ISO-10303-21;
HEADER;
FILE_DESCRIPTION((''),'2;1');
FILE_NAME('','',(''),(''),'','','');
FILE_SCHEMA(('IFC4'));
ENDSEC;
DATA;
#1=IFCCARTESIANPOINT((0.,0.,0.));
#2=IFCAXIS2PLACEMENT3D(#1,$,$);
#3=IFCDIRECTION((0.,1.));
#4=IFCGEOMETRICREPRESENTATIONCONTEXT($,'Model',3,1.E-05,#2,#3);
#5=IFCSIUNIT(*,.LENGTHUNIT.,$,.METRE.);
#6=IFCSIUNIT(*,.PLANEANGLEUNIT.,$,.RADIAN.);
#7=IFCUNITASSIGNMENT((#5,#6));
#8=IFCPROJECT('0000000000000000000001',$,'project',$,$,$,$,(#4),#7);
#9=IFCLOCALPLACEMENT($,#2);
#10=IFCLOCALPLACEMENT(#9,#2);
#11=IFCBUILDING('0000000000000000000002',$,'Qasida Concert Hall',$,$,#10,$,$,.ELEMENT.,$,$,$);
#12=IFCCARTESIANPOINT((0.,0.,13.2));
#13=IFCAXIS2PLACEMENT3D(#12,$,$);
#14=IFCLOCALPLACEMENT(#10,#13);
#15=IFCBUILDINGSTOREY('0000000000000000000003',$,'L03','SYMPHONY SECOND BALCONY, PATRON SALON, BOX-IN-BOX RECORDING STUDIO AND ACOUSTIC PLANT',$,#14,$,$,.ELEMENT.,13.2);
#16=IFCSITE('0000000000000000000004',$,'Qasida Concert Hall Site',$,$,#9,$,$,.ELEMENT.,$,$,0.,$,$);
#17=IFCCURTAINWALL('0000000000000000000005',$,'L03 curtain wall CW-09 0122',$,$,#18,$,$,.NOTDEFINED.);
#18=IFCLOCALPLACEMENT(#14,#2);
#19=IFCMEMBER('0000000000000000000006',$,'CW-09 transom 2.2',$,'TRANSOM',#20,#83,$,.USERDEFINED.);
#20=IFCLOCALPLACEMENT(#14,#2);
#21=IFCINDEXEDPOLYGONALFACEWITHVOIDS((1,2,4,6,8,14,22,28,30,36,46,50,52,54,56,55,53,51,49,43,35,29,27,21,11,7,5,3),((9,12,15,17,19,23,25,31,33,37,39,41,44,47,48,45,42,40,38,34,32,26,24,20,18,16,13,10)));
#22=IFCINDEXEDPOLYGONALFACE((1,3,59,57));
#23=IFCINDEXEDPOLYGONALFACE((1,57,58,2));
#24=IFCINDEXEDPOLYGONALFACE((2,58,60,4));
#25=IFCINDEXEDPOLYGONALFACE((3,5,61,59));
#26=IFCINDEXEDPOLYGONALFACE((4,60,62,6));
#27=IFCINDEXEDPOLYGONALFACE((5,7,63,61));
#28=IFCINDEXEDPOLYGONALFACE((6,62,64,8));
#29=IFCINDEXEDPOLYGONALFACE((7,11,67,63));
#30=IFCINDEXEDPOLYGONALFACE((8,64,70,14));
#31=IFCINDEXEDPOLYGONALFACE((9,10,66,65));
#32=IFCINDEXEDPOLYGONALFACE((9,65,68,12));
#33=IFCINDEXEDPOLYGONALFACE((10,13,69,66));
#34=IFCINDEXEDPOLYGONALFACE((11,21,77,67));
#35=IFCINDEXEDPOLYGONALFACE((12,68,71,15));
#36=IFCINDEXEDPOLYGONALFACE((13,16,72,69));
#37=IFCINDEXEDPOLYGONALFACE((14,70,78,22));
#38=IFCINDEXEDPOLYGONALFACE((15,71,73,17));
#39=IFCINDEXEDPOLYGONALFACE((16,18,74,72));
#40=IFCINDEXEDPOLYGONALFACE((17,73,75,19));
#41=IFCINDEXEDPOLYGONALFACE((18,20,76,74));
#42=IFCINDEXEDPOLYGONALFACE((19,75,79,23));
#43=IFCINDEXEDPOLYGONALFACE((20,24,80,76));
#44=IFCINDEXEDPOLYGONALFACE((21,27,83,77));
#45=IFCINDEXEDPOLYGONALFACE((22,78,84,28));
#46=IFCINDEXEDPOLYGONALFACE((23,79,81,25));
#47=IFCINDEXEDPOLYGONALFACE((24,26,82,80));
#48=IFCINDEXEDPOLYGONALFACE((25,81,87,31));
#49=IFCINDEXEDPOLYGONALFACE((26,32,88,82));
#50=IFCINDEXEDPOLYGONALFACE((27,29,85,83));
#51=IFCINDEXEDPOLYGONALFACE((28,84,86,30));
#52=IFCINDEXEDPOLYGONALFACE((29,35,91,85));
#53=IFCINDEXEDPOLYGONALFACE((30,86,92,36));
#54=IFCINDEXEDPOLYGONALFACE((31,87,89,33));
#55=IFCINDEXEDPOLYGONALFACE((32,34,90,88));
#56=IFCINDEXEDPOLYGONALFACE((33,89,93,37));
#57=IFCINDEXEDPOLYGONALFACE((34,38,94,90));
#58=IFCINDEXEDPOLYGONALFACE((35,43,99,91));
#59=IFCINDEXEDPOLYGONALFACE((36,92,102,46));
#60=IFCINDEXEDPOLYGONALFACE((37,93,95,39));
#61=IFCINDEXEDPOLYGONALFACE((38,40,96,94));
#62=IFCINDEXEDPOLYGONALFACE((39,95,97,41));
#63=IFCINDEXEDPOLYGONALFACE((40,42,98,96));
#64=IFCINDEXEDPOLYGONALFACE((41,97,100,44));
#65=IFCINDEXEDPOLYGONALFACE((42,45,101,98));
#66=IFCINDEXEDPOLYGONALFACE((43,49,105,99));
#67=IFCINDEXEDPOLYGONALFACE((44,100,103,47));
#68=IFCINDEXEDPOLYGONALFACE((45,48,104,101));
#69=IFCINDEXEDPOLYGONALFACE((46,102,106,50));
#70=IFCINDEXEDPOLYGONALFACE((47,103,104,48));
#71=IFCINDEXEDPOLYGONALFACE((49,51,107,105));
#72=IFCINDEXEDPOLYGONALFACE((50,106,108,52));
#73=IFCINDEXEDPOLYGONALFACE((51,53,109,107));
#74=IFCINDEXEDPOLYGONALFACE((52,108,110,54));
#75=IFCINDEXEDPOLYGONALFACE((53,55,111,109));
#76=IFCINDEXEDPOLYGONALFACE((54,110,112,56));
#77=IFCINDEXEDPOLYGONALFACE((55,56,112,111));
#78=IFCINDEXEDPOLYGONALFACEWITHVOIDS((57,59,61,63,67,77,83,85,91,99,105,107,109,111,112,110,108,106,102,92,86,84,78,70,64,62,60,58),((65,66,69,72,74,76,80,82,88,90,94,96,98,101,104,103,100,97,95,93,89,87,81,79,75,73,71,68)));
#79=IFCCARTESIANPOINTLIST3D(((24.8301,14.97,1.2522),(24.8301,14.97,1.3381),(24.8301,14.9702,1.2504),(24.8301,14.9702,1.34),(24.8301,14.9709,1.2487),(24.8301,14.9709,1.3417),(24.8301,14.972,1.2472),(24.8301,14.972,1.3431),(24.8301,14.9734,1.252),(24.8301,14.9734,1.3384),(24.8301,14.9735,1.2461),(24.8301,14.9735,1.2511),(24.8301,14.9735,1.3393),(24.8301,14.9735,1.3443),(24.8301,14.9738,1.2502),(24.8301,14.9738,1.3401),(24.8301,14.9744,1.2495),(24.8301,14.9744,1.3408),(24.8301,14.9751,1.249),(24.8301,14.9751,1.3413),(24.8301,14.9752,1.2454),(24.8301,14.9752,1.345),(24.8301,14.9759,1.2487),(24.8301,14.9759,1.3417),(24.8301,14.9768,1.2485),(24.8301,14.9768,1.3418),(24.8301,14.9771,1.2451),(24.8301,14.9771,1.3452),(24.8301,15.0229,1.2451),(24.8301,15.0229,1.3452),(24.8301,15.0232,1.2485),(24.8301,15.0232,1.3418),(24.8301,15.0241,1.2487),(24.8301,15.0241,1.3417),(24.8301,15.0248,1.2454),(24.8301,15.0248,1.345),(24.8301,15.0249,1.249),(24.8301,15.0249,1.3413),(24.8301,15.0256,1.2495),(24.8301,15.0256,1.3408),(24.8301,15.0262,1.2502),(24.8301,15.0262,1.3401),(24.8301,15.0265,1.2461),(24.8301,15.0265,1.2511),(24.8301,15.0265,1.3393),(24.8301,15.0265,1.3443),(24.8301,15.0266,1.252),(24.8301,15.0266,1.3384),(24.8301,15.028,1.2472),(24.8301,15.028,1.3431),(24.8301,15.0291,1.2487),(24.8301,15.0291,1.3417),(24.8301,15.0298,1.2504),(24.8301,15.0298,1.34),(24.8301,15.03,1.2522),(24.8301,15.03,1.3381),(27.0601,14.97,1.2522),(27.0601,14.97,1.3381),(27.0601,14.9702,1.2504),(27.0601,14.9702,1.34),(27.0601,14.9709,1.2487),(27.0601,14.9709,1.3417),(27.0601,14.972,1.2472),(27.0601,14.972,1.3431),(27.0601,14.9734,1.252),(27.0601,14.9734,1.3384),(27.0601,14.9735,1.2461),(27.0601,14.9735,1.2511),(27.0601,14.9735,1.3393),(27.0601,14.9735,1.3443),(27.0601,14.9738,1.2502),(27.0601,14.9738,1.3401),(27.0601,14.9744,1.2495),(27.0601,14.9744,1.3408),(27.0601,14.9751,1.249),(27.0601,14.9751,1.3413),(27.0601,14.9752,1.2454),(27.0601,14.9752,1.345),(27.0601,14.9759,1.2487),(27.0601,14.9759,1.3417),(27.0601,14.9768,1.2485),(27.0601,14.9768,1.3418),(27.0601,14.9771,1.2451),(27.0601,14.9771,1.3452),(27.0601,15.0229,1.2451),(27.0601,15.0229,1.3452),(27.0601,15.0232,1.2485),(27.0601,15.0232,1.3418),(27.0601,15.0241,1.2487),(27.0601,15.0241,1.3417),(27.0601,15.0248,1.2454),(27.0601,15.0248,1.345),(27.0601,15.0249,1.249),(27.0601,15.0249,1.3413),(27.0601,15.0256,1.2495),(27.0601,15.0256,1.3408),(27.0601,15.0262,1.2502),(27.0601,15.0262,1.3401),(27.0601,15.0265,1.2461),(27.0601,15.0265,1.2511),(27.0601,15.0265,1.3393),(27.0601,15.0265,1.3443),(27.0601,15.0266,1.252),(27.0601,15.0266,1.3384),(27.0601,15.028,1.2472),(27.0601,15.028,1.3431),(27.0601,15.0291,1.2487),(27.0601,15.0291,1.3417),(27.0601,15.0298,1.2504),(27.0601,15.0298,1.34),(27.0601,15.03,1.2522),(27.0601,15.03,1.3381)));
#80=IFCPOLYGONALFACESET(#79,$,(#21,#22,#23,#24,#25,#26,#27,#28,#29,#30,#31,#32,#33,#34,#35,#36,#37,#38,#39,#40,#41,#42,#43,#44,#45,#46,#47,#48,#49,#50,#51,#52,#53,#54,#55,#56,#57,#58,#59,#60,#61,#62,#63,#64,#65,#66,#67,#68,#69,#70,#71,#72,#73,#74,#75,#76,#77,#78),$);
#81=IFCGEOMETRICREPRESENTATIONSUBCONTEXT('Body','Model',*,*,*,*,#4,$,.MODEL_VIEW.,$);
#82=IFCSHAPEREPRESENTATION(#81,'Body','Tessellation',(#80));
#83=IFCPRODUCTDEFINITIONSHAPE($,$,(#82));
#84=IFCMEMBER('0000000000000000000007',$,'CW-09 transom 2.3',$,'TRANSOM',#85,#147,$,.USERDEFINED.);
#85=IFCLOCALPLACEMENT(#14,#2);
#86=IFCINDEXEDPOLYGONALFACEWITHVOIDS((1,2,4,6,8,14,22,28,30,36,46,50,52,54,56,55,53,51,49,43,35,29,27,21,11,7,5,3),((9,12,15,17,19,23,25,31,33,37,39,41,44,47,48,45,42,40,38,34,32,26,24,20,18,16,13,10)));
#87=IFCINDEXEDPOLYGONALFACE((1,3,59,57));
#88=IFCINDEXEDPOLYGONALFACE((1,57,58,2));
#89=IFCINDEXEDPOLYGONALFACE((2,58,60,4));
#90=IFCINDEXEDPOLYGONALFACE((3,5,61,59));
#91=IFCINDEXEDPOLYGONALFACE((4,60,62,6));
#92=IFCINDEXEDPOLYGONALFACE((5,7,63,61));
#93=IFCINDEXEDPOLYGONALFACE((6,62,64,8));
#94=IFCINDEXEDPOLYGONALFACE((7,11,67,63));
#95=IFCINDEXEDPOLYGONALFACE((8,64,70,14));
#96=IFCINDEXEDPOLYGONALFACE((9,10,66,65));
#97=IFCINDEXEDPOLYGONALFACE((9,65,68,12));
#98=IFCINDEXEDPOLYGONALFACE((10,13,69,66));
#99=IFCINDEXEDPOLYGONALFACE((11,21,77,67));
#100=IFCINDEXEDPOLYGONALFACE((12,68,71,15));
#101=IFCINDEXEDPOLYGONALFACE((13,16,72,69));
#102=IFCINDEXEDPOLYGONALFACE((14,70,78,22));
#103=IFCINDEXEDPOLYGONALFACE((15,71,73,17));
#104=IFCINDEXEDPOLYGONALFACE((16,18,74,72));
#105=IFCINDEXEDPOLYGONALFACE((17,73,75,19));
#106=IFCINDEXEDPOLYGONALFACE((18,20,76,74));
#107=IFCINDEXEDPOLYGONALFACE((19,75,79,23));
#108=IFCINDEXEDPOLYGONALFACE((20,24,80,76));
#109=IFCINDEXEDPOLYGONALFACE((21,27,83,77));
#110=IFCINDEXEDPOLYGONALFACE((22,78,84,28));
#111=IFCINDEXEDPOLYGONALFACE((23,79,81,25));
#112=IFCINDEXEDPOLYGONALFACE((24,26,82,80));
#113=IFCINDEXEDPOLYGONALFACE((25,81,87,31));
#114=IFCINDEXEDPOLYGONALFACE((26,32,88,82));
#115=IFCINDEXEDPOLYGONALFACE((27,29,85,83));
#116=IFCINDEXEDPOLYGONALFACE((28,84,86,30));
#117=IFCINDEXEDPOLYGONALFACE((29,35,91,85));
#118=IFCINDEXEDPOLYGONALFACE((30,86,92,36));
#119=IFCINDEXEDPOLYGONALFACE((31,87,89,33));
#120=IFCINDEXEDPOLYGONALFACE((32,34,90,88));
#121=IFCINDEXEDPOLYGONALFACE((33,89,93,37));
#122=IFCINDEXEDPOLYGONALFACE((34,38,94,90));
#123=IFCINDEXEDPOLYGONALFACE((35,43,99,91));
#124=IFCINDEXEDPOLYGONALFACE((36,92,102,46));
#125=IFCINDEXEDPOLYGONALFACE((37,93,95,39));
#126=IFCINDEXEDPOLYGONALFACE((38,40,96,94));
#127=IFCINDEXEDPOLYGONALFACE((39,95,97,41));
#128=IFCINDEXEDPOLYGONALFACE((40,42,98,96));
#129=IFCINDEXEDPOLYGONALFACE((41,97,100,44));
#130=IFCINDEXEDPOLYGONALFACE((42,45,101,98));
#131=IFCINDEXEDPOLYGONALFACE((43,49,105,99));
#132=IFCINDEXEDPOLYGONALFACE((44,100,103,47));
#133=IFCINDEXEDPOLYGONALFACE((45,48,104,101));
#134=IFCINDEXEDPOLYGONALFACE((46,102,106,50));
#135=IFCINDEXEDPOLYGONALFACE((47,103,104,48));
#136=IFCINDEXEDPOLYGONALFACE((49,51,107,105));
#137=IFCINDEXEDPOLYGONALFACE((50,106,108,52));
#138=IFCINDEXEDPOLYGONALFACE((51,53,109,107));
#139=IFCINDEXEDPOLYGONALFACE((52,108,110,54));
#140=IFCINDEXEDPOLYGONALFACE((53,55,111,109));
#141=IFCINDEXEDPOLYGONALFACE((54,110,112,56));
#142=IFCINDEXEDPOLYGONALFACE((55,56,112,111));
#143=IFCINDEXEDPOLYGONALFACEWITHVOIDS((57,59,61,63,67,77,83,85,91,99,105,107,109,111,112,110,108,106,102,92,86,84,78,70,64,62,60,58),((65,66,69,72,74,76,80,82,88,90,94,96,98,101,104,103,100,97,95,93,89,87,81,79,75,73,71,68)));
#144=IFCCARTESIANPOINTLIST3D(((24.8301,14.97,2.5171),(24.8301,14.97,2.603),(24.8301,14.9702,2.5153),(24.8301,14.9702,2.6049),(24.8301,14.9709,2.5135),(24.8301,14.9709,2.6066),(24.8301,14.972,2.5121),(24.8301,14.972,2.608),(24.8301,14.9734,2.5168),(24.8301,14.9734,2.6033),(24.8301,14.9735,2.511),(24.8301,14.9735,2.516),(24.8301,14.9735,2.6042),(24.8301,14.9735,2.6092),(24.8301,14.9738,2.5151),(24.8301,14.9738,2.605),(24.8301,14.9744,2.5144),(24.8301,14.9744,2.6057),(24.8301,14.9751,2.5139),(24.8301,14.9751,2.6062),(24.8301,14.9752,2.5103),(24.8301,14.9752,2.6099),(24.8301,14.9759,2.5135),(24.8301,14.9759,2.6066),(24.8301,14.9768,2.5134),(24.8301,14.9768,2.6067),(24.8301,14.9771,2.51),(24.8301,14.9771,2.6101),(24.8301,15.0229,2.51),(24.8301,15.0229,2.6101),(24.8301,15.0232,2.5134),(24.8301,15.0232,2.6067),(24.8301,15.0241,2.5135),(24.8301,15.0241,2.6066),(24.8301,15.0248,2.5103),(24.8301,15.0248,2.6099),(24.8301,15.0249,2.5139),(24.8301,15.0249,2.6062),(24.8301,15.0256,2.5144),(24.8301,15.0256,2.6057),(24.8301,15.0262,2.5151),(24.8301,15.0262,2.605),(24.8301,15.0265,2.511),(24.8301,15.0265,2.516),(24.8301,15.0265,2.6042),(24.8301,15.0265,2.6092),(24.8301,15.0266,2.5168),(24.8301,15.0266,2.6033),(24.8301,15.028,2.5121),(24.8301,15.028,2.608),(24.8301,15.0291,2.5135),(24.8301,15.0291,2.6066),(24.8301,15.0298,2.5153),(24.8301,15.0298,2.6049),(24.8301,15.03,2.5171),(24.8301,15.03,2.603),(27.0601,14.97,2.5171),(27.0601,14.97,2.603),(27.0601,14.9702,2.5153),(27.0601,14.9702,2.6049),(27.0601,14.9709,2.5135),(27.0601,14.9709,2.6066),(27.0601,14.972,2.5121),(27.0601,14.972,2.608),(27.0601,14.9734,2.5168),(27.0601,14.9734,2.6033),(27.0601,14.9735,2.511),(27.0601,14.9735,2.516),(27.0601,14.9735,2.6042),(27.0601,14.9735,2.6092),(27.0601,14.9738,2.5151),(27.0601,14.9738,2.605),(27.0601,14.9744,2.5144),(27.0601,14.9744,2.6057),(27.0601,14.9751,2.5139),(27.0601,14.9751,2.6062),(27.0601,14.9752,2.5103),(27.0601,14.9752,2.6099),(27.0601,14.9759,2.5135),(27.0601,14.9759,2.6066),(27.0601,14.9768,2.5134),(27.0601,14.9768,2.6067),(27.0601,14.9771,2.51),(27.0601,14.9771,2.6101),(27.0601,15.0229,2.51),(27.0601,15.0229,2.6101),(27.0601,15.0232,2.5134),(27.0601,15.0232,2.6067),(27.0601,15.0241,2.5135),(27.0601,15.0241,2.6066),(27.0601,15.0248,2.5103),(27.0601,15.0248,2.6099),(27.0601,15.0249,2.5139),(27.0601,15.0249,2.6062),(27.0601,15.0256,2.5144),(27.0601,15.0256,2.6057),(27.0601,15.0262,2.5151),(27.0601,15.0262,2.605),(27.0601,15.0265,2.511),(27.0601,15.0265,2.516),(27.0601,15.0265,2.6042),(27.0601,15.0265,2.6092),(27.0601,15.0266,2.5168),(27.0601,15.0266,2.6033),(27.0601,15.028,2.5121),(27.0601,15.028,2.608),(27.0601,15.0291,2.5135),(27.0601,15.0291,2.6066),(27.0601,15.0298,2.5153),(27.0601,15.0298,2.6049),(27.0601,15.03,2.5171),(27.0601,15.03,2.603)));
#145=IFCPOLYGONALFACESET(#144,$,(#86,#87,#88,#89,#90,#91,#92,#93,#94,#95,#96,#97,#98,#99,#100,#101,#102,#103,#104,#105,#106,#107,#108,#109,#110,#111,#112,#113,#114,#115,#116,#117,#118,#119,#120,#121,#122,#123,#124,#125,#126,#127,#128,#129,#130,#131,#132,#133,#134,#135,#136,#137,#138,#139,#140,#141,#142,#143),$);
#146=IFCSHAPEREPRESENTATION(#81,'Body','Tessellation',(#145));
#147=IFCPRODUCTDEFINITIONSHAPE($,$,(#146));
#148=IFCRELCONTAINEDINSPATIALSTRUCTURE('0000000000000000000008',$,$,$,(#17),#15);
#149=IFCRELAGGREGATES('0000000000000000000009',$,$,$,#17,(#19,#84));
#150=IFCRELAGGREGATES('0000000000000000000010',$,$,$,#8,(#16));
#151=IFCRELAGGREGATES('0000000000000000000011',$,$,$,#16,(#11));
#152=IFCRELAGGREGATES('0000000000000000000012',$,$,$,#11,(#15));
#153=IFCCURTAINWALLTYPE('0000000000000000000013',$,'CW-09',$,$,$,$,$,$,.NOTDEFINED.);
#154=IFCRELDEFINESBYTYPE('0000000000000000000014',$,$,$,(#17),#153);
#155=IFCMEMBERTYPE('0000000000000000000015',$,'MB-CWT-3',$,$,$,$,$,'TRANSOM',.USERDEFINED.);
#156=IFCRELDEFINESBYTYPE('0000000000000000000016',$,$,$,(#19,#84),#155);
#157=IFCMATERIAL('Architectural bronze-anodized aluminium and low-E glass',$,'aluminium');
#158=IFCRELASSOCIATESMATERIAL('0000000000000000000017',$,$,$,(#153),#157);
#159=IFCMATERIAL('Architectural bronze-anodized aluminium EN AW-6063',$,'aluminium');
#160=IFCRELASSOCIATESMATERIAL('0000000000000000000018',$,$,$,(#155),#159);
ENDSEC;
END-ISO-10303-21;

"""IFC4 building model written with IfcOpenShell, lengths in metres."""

from ifc_helpers import new_model, si_unit, direction, frame, origin, origin_2d, place, context, subcontext, project, spatial, hollow_rectangle, extrude, material, material_profile, profile_set, type_object, element, aggregate, save


model = new_model("IFC4")

# Units and contexts
model_context = context("Model", 3, precision=1e-05, world=origin(), true_north=direction((0.0, 1.0)))
body_context = subcontext(model_context, "Body", "Model", "MODEL_VIEW")
ifc_project = project(units=[si_unit("LENGTHUNIT", "METRE"), si_unit("PLANEANGLEUNIT", "RADIAN")], contexts=[model_context])

# Site, building, storey
site_placement = place(None, origin())
site = spatial("IfcSite", under=ifc_project, at=site_placement, Name="Qasida Concert Hall Site", CompositionType="ELEMENT", RefElevation=0.0)
building_placement = place(site_placement, origin())
building = spatial("IfcBuilding", under=site, at=building_placement, Name="Qasida Concert Hall", CompositionType="ELEMENT")
storey_placement = place(building_placement, frame((0.0, 0.0, 13.2)))
storey = spatial("IfcBuildingStorey", under=building, at=storey_placement, Name="L03", Description="SYMPHONY SECOND BALCONY, PATRON SALON, BOX-IN-BOX RECORDING STUDIO AND ACOUSTIC PLANT", CompositionType="ELEMENT", Elevation=13.2)

# Curtain wall
ifc_material_1 = material(Name="Architectural bronze-anodized aluminium and low-E glass", Category="aluminium")
curtain_wall_type = type_object("IfcCurtainWallType", Name="CW-09", PredefinedType="NOTDEFINED", material=ifc_material_1)
curtain_wall_1_placement = place(storey_placement, origin())
curtain_wall_1 = element("IfcCurtainWall", 1, at=curtain_wall_1_placement, inside=storey, type_object=curtain_wall_type, Name="L03 curtain wall CW-09 0122", PredefinedType="NOTDEFINED")
ifc_material_2 = material(Name="Architectural bronze-anodized aluminium EN AW-6063", Category="aluminium")

# Members
ifc_material_profile_1 = material_profile(ifc_material_2, hollow_rectangle(XDim=0.0601, YDim=0.1001, WallThickness=0.0034, InnerFilletRadius=0.0034, OuterFilletRadius=0.0071, at=origin_2d()), Name="CWT 100x60x3.5")
ifc_profile_set_1 = profile_set([ifc_material_profile_1], Name="Architectural bronze-anodized aluminium EN AW-6063")
member_type_1 = type_object("IfcMemberType", Name="MB-CWT-3", ElementType="TRANSOM", PredefinedType="USERDEFINED", material=ifc_profile_set_1)
member_1_placement = place(storey_placement, frame((24.8301, 15.0, 1.2952), z_axis=(1.0, 0.0, 0.0), x_axis=(0.0, 1.0, 0.0)))
member_1 = element("IfcMember", 2, at=member_1_placement, type_object=member_type_1, Name="CW-09 transom 2.2", ObjectType="TRANSOM", PredefinedType="USERDEFINED", context=body_context, shape_type="SweptSolid", body=[
    extrude(hollow_rectangle(XDim=0.0601, YDim=0.1001, WallThickness=0.0034, InnerFilletRadius=0.0034, OuterFilletRadius=0.0071, at=origin_2d()), origin(), (0.0, 0.0, 1.0), 2.23),
])
member_2_placement = place(storey_placement, frame((24.8301, 15.0, 2.5601), z_axis=(1.0, 0.0, 0.0), x_axis=(0.0, 1.0, 0.0)))
member_2 = element("IfcMember", 3, at=member_2_placement, type_object=member_type_1, Name="CW-09 transom 2.3", ObjectType="TRANSOM", PredefinedType="USERDEFINED", context=body_context, shape_type="SweptSolid", body=[
    extrude(hollow_rectangle(XDim=0.0601, YDim=0.1001, WallThickness=0.0034, InnerFilletRadius=0.0034, OuterFilletRadius=0.0071, at=origin_2d()), origin(), (0.0, 0.0, 1.0), 2.23),
])

aggregate(curtain_wall_1, [member_1, member_2])

save(model, "model.ifc")
